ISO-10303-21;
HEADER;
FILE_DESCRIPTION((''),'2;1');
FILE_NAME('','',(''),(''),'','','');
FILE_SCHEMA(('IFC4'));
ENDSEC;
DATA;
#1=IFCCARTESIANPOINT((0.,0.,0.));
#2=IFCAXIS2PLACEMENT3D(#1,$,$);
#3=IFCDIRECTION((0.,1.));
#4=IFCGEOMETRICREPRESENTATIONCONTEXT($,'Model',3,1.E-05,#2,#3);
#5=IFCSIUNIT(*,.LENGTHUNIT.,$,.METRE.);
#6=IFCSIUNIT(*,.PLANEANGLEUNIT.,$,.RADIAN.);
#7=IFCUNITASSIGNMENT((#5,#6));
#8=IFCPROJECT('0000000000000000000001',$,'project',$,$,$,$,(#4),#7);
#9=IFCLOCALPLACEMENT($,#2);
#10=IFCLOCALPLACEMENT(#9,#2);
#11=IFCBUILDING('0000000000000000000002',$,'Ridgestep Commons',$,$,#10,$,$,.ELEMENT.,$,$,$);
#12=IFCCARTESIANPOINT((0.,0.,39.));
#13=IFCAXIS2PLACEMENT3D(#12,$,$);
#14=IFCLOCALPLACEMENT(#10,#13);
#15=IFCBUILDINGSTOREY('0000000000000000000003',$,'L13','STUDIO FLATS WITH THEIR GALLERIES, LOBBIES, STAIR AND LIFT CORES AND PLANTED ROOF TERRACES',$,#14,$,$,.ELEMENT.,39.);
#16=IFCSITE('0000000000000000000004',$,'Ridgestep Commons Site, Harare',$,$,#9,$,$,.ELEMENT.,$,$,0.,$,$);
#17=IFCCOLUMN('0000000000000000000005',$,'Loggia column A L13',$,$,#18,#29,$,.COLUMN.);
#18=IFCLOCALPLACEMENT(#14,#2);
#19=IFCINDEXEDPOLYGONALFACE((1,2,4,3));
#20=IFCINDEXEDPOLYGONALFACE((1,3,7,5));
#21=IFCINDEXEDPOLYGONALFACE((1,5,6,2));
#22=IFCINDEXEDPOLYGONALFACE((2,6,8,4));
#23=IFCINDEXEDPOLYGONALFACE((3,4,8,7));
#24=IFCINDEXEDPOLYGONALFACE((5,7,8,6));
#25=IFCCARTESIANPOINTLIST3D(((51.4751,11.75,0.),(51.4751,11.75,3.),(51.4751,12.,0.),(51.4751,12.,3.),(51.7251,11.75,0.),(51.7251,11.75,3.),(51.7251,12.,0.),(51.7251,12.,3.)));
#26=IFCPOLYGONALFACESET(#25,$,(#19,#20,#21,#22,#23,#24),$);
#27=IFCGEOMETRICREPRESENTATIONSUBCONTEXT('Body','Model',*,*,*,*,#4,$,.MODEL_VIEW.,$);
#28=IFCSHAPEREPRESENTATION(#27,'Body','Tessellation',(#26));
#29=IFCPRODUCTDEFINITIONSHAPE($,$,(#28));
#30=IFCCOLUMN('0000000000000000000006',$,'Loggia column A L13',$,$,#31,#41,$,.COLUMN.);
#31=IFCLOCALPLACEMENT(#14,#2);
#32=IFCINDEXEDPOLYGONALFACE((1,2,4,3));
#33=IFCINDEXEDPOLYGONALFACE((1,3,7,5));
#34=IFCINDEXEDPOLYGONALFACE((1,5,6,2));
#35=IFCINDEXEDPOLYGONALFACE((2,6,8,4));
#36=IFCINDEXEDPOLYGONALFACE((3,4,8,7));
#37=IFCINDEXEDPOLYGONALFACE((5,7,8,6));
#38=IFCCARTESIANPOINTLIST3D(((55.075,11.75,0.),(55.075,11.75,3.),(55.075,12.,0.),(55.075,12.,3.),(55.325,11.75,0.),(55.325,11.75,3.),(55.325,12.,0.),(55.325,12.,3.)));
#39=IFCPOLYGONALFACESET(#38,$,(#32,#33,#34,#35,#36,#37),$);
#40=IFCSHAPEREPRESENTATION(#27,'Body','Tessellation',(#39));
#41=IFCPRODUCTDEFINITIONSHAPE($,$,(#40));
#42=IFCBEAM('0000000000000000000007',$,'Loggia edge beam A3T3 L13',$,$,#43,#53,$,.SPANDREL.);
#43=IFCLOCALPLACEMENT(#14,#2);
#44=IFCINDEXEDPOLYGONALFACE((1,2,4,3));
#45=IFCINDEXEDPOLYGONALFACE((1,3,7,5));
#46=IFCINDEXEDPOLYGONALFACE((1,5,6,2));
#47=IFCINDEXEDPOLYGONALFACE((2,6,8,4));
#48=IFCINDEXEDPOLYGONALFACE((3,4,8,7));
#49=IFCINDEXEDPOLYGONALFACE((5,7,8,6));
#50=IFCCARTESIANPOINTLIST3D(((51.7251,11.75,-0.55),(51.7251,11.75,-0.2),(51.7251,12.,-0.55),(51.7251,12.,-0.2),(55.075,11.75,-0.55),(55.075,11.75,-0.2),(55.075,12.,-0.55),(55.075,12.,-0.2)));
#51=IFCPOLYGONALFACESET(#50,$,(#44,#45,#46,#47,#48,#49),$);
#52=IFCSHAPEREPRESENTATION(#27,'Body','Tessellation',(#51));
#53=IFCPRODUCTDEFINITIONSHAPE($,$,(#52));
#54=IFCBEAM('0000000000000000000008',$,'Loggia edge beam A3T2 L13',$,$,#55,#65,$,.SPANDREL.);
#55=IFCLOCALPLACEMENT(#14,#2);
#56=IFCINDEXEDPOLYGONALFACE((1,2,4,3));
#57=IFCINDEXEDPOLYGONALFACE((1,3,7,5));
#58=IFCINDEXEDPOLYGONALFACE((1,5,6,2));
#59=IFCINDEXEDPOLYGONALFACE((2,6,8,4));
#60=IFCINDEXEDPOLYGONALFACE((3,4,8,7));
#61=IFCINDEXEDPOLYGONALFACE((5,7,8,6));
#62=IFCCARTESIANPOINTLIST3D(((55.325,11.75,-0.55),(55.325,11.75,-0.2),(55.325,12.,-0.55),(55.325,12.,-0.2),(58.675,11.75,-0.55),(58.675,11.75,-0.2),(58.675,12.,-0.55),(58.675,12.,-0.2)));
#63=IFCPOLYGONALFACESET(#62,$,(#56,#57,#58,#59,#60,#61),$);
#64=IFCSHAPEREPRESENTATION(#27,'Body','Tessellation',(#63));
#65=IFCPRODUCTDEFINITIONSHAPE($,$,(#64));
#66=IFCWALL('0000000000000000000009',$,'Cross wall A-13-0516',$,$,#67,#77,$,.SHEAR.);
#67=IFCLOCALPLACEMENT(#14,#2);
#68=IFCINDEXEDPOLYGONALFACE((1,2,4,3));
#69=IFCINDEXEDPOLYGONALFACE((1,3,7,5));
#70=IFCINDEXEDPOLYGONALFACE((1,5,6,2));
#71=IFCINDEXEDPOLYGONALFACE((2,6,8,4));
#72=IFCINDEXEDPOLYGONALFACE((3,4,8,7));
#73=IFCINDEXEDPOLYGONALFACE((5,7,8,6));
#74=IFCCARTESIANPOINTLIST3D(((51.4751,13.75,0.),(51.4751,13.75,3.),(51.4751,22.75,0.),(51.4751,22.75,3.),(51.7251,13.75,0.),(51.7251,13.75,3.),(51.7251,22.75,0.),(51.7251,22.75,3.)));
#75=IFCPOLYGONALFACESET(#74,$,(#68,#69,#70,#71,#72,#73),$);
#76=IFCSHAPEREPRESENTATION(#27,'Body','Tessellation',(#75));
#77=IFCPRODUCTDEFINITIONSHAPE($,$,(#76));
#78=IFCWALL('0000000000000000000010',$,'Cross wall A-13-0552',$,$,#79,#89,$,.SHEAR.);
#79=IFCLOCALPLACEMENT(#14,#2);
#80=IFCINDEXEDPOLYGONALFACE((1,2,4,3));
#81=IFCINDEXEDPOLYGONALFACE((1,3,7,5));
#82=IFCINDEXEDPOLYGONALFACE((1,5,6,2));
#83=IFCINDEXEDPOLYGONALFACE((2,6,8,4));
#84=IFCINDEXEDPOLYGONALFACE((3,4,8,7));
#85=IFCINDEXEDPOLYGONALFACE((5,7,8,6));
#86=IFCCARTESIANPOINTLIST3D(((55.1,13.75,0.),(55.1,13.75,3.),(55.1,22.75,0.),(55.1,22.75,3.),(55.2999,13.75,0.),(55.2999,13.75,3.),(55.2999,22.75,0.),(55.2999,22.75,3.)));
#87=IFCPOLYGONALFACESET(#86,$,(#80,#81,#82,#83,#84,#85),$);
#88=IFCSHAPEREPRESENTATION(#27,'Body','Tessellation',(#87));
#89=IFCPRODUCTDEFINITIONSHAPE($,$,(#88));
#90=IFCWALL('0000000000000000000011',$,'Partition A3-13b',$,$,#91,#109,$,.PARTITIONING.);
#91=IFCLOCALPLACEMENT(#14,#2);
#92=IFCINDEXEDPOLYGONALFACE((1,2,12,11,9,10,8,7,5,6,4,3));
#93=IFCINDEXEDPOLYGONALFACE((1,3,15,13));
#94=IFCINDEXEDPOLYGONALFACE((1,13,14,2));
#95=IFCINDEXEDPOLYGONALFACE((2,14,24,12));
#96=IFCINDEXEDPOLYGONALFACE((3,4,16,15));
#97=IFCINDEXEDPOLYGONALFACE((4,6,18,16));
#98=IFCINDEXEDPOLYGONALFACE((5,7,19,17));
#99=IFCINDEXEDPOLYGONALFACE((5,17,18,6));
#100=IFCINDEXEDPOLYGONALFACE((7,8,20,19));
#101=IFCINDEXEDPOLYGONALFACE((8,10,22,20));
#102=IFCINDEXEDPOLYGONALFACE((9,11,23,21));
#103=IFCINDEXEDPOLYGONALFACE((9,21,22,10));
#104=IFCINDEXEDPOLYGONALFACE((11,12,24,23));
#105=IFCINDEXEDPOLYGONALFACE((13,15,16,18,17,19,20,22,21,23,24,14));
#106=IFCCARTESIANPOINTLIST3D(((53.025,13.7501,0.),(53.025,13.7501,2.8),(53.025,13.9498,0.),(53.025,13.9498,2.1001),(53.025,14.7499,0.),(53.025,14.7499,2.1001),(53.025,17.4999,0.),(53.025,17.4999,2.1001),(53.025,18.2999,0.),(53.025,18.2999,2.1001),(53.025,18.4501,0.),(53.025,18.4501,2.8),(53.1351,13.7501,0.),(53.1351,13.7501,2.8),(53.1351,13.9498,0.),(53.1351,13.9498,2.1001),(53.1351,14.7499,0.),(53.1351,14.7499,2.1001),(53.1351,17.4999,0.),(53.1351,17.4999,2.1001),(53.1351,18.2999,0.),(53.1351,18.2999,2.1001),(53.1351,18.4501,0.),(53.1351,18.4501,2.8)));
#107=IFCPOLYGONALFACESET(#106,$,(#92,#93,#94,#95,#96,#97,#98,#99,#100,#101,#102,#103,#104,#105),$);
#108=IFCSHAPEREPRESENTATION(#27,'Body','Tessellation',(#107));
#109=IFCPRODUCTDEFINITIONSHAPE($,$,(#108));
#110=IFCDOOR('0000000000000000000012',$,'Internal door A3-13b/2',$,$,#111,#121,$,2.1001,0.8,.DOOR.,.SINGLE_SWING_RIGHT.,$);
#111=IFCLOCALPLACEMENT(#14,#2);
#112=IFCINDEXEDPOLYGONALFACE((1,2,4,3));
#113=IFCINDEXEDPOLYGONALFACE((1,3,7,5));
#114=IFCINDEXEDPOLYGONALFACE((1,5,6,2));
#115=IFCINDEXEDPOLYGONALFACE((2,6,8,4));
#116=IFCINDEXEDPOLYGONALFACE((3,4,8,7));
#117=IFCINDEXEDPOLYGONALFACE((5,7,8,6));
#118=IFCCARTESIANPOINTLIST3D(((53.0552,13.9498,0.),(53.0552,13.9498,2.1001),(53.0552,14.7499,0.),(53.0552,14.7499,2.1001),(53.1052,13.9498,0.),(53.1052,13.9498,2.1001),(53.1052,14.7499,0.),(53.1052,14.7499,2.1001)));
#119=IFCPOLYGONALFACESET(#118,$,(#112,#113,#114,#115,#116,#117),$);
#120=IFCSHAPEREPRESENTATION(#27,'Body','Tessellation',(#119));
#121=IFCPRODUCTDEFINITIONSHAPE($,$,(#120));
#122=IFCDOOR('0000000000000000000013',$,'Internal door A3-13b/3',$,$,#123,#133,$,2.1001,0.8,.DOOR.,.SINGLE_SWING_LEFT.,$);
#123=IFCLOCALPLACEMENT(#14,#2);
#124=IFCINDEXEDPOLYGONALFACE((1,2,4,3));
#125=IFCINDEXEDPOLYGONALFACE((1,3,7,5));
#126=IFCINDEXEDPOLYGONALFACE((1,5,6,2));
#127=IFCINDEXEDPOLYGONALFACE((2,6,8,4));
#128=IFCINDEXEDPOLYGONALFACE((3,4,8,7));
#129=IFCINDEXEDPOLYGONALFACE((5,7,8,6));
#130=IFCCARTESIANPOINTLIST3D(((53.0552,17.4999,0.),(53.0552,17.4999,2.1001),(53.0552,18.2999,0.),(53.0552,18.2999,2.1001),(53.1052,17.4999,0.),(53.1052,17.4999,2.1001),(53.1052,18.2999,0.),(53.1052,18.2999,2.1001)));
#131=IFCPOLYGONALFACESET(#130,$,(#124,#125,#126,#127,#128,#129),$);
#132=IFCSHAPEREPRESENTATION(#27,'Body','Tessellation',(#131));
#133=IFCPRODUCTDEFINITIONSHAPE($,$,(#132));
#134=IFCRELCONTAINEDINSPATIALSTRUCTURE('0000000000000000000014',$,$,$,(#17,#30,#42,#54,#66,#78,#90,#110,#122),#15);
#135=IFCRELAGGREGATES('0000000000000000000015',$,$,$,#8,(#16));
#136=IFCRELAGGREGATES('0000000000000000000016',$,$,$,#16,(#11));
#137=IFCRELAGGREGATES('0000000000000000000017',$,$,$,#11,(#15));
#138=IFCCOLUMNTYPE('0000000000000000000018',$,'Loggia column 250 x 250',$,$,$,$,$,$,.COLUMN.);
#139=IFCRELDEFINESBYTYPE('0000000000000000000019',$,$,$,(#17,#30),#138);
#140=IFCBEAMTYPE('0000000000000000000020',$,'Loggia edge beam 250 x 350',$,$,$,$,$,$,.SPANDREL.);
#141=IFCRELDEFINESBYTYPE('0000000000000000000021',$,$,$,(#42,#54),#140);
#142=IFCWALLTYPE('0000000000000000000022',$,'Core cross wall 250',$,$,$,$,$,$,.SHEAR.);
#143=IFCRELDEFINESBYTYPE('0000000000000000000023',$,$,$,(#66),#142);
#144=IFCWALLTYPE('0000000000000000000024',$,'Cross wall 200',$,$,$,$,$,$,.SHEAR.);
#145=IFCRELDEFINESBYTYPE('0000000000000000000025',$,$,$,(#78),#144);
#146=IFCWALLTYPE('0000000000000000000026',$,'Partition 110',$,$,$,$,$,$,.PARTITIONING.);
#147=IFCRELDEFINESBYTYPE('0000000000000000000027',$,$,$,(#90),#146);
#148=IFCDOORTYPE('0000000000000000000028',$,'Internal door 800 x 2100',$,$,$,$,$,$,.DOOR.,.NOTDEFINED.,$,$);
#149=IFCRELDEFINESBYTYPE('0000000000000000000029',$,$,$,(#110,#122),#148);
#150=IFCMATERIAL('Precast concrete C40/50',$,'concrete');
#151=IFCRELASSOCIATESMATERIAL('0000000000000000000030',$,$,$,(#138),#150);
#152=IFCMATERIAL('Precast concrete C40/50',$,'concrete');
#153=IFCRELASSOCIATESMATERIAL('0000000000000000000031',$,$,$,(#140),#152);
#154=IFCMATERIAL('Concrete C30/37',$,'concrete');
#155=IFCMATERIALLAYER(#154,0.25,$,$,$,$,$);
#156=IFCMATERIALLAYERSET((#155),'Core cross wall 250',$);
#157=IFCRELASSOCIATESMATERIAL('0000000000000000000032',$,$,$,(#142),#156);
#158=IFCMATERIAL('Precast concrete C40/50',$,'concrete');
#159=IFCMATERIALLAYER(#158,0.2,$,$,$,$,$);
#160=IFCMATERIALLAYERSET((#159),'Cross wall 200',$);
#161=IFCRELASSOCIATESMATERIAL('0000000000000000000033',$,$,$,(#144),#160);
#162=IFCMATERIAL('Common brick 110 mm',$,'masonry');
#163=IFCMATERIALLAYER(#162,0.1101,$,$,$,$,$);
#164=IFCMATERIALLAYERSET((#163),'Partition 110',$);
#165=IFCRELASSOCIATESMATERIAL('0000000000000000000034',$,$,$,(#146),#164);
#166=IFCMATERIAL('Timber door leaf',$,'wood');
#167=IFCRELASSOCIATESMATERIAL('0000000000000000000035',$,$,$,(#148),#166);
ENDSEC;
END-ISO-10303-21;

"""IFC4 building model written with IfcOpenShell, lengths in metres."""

from ifc_helpers import new_model, si_unit, direction, frame, frame_2d, origin, origin_2d, place, context, subcontext, project, spatial, rectangle, extrude, material, layer, layer_set, material_profile, profile_set, type_object, element, fill, save


model = new_model("IFC4")

# Units and contexts
model_context = context("Model", 3, precision=1e-05, world=origin(), true_north=direction((0.0, 1.0)))
body_context = subcontext(model_context, "Body", "Model", "MODEL_VIEW")
ifc_project = project(units=[si_unit("LENGTHUNIT", "METRE"), si_unit("PLANEANGLEUNIT", "RADIAN")], contexts=[model_context])

# Site, building, storey
site_placement = place(None, origin())
site = spatial("IfcSite", under=ifc_project, at=site_placement, Name="Ridgestep Commons Site, Harare", CompositionType="ELEMENT", RefElevation=0.0)
building_placement = place(site_placement, origin())
building = spatial("IfcBuilding", under=site, at=building_placement, Name="Ridgestep Commons", CompositionType="ELEMENT")
storey_placement = place(building_placement, frame((0.0, 0.0, 39.0)))
storey = spatial("IfcBuildingStorey", under=building, at=storey_placement, Name="L13", Description="STUDIO FLATS WITH THEIR GALLERIES, LOBBIES, STAIR AND LIFT CORES AND PLANTED ROOF TERRACES", CompositionType="ELEMENT", Elevation=39.0)

# Columns
ifc_material_1 = material(Name="Precast concrete C40/50", Category="concrete")
ifc_material_profile_1 = material_profile(ifc_material_1, rectangle(XDim=0.25, YDim=0.25, at=origin_2d()), Name="PC 250x250")
ifc_profile_set_1 = profile_set([ifc_material_profile_1], Name="Precast concrete C40/50")
column_type = type_object("IfcColumnType", Name="Loggia column 250 x 250", PredefinedType="COLUMN", material=ifc_profile_set_1)
for number, where, z_axis, x_axis, name in (
    (1, (51.6001, 11.875, 0.0), (0.0, 0.0, 1.0), (1.0, 0.0, 0.0), "Loggia column A L13"),
    (2, (55.2, 11.875, 0.0), (0.0, 0.0, 1.0), (1.0, 0.0, 0.0), "Loggia column A L13"),
):
    element("IfcColumn", number, at=place(storey_placement, frame(where, z_axis=z_axis, x_axis=x_axis)), inside=storey, type_object=column_type, Name=name, PredefinedType="COLUMN", context=body_context, shape_type="SweptSolid", body=[
        extrude(rectangle(XDim=0.25, YDim=0.25, at=origin_2d()), origin(), (0.0, 0.0, 1.0), 3.0),
    ])

# Beams
ifc_material_2 = material(Name="Precast concrete C40/50", Category="concrete")
ifc_material_profile_2 = material_profile(ifc_material_2, rectangle(XDim=0.25, YDim=0.3501, at=origin_2d()), Name="PC 250x350")
ifc_profile_set_2 = profile_set([ifc_material_profile_2], Name="Precast concrete C40/50")
beam_type = type_object("IfcBeamType", Name="Loggia edge beam 250 x 350", PredefinedType="SPANDREL", material=ifc_profile_set_2)
beam_1_placement = place(storey_placement, frame((51.7251, 11.875, -0.375), z_axis=(1.0, 0.0, 0.0), x_axis=(0.0, 1.0, 0.0)))
element("IfcBeam", 3, at=beam_1_placement, inside=storey, type_object=beam_type, Name="Loggia edge beam A3T3 L13", PredefinedType="SPANDREL", context=body_context, shape_type="SweptSolid", body=[
    extrude(rectangle(XDim=0.25, YDim=0.3501, at=origin_2d()), origin(), (0.0, 0.0, 1.0), 3.3499),
])
beam_2_placement = place(storey_placement, frame((55.325, 11.875, -0.375), z_axis=(1.0, 0.0, 0.0), x_axis=(0.0, 1.0, 0.0)))
element("IfcBeam", 4, at=beam_2_placement, inside=storey, type_object=beam_type, Name="Loggia edge beam A3T2 L13", PredefinedType="SPANDREL", context=body_context, shape_type="SweptSolid", body=[
    extrude(rectangle(XDim=0.25, YDim=0.3501, at=origin_2d()), origin(), (0.0, 0.0, 1.0), 3.3501),
])

# Walls
ifc_material_3 = material(Name="Concrete C30/37", Category="concrete")
ifc_layer_1 = layer(ifc_material_3, 0.25)
ifc_layer_set_1 = layer_set([ifc_layer_1], Name="Core cross wall 250")
wall_type_1 = type_object("IfcWallType", Name="Core cross wall 250", PredefinedType="SHEAR", material=ifc_layer_set_1)
wall_1_placement = place(storey_placement, frame((51.6001, 13.75, 0.0), z_axis=(0.0, 0.0, 1.0), x_axis=(0.0, 1.0, 0.0)))
element("IfcWall", 5, at=wall_1_placement, inside=storey, type_object=wall_type_1, Name="Cross wall A-13-0516", PredefinedType="SHEAR", context=body_context, shape_type="SweptSolid", body=[
    extrude(rectangle(XDim=9.0, YDim=0.25, at=frame_2d((4.5, 0.0))), origin(), (0.0, 0.0, 1.0), 3.0),
])
ifc_material_4 = material(Name="Precast concrete C40/50", Category="concrete")
ifc_layer_2 = layer(ifc_material_4, 0.2)
ifc_layer_set_2 = layer_set([ifc_layer_2], Name="Cross wall 200")
wall_type_2 = type_object("IfcWallType", Name="Cross wall 200", PredefinedType="SHEAR", material=ifc_layer_set_2)
wall_2_placement = place(storey_placement, frame((55.2, 13.75, 0.0), z_axis=(0.0, 0.0, 1.0), x_axis=(0.0, 1.0, 0.0)))
element("IfcWall", 6, at=wall_2_placement, inside=storey, type_object=wall_type_2, Name="Cross wall A-13-0552", PredefinedType="SHEAR", context=body_context, shape_type="SweptSolid", body=[
    extrude(rectangle(XDim=9.0, YDim=0.2, at=frame_2d((4.5, 0.0))), origin(), (0.0, 0.0, 1.0), 3.0),
])

# Wall, openings, doors
ifc_material_5 = material(Name="Common brick 110 mm", Category="masonry")
ifc_layer_3 = layer(ifc_material_5, 0.1101)
ifc_layer_set_3 = layer_set([ifc_layer_3], Name="Partition 110")
wall_type_3 = type_object("IfcWallType", Name="Partition 110", PredefinedType="PARTITIONING", material=ifc_layer_set_3)
wall_3_placement = place(storey_placement, frame((53.0801, 13.75, 0.0), z_axis=(0.0, 0.0, 1.0), x_axis=(0.0, 1.0, 0.0)))
wall_3 = element("IfcWall", 7, at=wall_3_placement, inside=storey, type_object=wall_type_3, Name="Partition A3-13b", PredefinedType="PARTITIONING", context=body_context, shape_type="SweptSolid", body=[
    extrude(rectangle(XDim=4.7, YDim=0.1101, at=frame_2d((2.3501, 0.0))), origin(), (0.0, 0.0, 1.0), 2.8),
])
opening_1_placement = place(wall_3_placement, frame((0.2, 0.0, 0.0)))
opening_1 = element("IfcOpeningElement", 8, at=opening_1_placement, cuts=wall_3, PredefinedType="OPENING", context=body_context, shape_type="SweptSolid", body=[
    extrude(rectangle(XDim=0.8, YDim=2.1001, at=frame_2d((0.3999, 1.05))), frame((0.0, 0.0649, 0.0), z_axis=(0.0, -1.0, 0.0), x_axis=(1.0, 0.0, 0.0)), (0.0, 0.0, 1.0), 0.1301),
])
opening_2_placement = place(wall_3_placement, frame((3.75, 0.0, 0.0)))
opening_2 = element("IfcOpeningElement", 9, at=opening_2_placement, cuts=wall_3, PredefinedType="OPENING", context=body_context, shape_type="SweptSolid", body=[
    extrude(rectangle(XDim=0.8, YDim=2.1001, at=frame_2d((0.3999, 1.05))), frame((0.0, 0.0649, 0.0), z_axis=(0.0, -1.0, 0.0), x_axis=(1.0, 0.0, 0.0)), (0.0, 0.0, 1.0), 0.1301),
])
ifc_material_6 = material(Name="Timber door leaf", Category="wood")
door_type_1 = type_object("IfcDoorType", Name="Internal door 800 x 2100", OperationType="NOTDEFINED", PredefinedType="DOOR", material=ifc_material_6)
door_1_placement = place(opening_1_placement, origin())
door_1 = element("IfcDoor", 10, at=door_1_placement, inside=storey, type_object=door_type_1, Name="Internal door A3-13b/2", OperationType="SINGLE_SWING_RIGHT", OverallHeight=2.1001, OverallWidth=0.8, PredefinedType="DOOR", context=body_context, shape_type="SweptSolid", body=[
    extrude(rectangle(XDim=0.8, YDim=2.1001, at=frame_2d((0.3999, 1.05))), frame((0.0, 0.0249, 0.0), z_axis=(0.0, -1.0, 0.0), x_axis=(1.0, 0.0, 0.0)), (0.0, 0.0, 1.0), 0.05),
])
fill(opening_1, door_1)
door_2_placement = place(opening_2_placement, origin())
door_2 = element("IfcDoor", 11, at=door_2_placement, inside=storey, type_object=door_type_1, Name="Internal door A3-13b/3", OperationType="SINGLE_SWING_LEFT", OverallHeight=2.1001, OverallWidth=0.8, PredefinedType="DOOR", context=body_context, shape_type="SweptSolid", body=[
    extrude(rectangle(XDim=0.8, YDim=2.1001, at=frame_2d((0.3999, 1.05))), frame((0.0, 0.0249, 0.0), z_axis=(0.0, -1.0, 0.0), x_axis=(1.0, 0.0, 0.0)), (0.0, 0.0, 1.0), 0.05),
])
fill(opening_2, door_2)

save(model, "model.ifc")
